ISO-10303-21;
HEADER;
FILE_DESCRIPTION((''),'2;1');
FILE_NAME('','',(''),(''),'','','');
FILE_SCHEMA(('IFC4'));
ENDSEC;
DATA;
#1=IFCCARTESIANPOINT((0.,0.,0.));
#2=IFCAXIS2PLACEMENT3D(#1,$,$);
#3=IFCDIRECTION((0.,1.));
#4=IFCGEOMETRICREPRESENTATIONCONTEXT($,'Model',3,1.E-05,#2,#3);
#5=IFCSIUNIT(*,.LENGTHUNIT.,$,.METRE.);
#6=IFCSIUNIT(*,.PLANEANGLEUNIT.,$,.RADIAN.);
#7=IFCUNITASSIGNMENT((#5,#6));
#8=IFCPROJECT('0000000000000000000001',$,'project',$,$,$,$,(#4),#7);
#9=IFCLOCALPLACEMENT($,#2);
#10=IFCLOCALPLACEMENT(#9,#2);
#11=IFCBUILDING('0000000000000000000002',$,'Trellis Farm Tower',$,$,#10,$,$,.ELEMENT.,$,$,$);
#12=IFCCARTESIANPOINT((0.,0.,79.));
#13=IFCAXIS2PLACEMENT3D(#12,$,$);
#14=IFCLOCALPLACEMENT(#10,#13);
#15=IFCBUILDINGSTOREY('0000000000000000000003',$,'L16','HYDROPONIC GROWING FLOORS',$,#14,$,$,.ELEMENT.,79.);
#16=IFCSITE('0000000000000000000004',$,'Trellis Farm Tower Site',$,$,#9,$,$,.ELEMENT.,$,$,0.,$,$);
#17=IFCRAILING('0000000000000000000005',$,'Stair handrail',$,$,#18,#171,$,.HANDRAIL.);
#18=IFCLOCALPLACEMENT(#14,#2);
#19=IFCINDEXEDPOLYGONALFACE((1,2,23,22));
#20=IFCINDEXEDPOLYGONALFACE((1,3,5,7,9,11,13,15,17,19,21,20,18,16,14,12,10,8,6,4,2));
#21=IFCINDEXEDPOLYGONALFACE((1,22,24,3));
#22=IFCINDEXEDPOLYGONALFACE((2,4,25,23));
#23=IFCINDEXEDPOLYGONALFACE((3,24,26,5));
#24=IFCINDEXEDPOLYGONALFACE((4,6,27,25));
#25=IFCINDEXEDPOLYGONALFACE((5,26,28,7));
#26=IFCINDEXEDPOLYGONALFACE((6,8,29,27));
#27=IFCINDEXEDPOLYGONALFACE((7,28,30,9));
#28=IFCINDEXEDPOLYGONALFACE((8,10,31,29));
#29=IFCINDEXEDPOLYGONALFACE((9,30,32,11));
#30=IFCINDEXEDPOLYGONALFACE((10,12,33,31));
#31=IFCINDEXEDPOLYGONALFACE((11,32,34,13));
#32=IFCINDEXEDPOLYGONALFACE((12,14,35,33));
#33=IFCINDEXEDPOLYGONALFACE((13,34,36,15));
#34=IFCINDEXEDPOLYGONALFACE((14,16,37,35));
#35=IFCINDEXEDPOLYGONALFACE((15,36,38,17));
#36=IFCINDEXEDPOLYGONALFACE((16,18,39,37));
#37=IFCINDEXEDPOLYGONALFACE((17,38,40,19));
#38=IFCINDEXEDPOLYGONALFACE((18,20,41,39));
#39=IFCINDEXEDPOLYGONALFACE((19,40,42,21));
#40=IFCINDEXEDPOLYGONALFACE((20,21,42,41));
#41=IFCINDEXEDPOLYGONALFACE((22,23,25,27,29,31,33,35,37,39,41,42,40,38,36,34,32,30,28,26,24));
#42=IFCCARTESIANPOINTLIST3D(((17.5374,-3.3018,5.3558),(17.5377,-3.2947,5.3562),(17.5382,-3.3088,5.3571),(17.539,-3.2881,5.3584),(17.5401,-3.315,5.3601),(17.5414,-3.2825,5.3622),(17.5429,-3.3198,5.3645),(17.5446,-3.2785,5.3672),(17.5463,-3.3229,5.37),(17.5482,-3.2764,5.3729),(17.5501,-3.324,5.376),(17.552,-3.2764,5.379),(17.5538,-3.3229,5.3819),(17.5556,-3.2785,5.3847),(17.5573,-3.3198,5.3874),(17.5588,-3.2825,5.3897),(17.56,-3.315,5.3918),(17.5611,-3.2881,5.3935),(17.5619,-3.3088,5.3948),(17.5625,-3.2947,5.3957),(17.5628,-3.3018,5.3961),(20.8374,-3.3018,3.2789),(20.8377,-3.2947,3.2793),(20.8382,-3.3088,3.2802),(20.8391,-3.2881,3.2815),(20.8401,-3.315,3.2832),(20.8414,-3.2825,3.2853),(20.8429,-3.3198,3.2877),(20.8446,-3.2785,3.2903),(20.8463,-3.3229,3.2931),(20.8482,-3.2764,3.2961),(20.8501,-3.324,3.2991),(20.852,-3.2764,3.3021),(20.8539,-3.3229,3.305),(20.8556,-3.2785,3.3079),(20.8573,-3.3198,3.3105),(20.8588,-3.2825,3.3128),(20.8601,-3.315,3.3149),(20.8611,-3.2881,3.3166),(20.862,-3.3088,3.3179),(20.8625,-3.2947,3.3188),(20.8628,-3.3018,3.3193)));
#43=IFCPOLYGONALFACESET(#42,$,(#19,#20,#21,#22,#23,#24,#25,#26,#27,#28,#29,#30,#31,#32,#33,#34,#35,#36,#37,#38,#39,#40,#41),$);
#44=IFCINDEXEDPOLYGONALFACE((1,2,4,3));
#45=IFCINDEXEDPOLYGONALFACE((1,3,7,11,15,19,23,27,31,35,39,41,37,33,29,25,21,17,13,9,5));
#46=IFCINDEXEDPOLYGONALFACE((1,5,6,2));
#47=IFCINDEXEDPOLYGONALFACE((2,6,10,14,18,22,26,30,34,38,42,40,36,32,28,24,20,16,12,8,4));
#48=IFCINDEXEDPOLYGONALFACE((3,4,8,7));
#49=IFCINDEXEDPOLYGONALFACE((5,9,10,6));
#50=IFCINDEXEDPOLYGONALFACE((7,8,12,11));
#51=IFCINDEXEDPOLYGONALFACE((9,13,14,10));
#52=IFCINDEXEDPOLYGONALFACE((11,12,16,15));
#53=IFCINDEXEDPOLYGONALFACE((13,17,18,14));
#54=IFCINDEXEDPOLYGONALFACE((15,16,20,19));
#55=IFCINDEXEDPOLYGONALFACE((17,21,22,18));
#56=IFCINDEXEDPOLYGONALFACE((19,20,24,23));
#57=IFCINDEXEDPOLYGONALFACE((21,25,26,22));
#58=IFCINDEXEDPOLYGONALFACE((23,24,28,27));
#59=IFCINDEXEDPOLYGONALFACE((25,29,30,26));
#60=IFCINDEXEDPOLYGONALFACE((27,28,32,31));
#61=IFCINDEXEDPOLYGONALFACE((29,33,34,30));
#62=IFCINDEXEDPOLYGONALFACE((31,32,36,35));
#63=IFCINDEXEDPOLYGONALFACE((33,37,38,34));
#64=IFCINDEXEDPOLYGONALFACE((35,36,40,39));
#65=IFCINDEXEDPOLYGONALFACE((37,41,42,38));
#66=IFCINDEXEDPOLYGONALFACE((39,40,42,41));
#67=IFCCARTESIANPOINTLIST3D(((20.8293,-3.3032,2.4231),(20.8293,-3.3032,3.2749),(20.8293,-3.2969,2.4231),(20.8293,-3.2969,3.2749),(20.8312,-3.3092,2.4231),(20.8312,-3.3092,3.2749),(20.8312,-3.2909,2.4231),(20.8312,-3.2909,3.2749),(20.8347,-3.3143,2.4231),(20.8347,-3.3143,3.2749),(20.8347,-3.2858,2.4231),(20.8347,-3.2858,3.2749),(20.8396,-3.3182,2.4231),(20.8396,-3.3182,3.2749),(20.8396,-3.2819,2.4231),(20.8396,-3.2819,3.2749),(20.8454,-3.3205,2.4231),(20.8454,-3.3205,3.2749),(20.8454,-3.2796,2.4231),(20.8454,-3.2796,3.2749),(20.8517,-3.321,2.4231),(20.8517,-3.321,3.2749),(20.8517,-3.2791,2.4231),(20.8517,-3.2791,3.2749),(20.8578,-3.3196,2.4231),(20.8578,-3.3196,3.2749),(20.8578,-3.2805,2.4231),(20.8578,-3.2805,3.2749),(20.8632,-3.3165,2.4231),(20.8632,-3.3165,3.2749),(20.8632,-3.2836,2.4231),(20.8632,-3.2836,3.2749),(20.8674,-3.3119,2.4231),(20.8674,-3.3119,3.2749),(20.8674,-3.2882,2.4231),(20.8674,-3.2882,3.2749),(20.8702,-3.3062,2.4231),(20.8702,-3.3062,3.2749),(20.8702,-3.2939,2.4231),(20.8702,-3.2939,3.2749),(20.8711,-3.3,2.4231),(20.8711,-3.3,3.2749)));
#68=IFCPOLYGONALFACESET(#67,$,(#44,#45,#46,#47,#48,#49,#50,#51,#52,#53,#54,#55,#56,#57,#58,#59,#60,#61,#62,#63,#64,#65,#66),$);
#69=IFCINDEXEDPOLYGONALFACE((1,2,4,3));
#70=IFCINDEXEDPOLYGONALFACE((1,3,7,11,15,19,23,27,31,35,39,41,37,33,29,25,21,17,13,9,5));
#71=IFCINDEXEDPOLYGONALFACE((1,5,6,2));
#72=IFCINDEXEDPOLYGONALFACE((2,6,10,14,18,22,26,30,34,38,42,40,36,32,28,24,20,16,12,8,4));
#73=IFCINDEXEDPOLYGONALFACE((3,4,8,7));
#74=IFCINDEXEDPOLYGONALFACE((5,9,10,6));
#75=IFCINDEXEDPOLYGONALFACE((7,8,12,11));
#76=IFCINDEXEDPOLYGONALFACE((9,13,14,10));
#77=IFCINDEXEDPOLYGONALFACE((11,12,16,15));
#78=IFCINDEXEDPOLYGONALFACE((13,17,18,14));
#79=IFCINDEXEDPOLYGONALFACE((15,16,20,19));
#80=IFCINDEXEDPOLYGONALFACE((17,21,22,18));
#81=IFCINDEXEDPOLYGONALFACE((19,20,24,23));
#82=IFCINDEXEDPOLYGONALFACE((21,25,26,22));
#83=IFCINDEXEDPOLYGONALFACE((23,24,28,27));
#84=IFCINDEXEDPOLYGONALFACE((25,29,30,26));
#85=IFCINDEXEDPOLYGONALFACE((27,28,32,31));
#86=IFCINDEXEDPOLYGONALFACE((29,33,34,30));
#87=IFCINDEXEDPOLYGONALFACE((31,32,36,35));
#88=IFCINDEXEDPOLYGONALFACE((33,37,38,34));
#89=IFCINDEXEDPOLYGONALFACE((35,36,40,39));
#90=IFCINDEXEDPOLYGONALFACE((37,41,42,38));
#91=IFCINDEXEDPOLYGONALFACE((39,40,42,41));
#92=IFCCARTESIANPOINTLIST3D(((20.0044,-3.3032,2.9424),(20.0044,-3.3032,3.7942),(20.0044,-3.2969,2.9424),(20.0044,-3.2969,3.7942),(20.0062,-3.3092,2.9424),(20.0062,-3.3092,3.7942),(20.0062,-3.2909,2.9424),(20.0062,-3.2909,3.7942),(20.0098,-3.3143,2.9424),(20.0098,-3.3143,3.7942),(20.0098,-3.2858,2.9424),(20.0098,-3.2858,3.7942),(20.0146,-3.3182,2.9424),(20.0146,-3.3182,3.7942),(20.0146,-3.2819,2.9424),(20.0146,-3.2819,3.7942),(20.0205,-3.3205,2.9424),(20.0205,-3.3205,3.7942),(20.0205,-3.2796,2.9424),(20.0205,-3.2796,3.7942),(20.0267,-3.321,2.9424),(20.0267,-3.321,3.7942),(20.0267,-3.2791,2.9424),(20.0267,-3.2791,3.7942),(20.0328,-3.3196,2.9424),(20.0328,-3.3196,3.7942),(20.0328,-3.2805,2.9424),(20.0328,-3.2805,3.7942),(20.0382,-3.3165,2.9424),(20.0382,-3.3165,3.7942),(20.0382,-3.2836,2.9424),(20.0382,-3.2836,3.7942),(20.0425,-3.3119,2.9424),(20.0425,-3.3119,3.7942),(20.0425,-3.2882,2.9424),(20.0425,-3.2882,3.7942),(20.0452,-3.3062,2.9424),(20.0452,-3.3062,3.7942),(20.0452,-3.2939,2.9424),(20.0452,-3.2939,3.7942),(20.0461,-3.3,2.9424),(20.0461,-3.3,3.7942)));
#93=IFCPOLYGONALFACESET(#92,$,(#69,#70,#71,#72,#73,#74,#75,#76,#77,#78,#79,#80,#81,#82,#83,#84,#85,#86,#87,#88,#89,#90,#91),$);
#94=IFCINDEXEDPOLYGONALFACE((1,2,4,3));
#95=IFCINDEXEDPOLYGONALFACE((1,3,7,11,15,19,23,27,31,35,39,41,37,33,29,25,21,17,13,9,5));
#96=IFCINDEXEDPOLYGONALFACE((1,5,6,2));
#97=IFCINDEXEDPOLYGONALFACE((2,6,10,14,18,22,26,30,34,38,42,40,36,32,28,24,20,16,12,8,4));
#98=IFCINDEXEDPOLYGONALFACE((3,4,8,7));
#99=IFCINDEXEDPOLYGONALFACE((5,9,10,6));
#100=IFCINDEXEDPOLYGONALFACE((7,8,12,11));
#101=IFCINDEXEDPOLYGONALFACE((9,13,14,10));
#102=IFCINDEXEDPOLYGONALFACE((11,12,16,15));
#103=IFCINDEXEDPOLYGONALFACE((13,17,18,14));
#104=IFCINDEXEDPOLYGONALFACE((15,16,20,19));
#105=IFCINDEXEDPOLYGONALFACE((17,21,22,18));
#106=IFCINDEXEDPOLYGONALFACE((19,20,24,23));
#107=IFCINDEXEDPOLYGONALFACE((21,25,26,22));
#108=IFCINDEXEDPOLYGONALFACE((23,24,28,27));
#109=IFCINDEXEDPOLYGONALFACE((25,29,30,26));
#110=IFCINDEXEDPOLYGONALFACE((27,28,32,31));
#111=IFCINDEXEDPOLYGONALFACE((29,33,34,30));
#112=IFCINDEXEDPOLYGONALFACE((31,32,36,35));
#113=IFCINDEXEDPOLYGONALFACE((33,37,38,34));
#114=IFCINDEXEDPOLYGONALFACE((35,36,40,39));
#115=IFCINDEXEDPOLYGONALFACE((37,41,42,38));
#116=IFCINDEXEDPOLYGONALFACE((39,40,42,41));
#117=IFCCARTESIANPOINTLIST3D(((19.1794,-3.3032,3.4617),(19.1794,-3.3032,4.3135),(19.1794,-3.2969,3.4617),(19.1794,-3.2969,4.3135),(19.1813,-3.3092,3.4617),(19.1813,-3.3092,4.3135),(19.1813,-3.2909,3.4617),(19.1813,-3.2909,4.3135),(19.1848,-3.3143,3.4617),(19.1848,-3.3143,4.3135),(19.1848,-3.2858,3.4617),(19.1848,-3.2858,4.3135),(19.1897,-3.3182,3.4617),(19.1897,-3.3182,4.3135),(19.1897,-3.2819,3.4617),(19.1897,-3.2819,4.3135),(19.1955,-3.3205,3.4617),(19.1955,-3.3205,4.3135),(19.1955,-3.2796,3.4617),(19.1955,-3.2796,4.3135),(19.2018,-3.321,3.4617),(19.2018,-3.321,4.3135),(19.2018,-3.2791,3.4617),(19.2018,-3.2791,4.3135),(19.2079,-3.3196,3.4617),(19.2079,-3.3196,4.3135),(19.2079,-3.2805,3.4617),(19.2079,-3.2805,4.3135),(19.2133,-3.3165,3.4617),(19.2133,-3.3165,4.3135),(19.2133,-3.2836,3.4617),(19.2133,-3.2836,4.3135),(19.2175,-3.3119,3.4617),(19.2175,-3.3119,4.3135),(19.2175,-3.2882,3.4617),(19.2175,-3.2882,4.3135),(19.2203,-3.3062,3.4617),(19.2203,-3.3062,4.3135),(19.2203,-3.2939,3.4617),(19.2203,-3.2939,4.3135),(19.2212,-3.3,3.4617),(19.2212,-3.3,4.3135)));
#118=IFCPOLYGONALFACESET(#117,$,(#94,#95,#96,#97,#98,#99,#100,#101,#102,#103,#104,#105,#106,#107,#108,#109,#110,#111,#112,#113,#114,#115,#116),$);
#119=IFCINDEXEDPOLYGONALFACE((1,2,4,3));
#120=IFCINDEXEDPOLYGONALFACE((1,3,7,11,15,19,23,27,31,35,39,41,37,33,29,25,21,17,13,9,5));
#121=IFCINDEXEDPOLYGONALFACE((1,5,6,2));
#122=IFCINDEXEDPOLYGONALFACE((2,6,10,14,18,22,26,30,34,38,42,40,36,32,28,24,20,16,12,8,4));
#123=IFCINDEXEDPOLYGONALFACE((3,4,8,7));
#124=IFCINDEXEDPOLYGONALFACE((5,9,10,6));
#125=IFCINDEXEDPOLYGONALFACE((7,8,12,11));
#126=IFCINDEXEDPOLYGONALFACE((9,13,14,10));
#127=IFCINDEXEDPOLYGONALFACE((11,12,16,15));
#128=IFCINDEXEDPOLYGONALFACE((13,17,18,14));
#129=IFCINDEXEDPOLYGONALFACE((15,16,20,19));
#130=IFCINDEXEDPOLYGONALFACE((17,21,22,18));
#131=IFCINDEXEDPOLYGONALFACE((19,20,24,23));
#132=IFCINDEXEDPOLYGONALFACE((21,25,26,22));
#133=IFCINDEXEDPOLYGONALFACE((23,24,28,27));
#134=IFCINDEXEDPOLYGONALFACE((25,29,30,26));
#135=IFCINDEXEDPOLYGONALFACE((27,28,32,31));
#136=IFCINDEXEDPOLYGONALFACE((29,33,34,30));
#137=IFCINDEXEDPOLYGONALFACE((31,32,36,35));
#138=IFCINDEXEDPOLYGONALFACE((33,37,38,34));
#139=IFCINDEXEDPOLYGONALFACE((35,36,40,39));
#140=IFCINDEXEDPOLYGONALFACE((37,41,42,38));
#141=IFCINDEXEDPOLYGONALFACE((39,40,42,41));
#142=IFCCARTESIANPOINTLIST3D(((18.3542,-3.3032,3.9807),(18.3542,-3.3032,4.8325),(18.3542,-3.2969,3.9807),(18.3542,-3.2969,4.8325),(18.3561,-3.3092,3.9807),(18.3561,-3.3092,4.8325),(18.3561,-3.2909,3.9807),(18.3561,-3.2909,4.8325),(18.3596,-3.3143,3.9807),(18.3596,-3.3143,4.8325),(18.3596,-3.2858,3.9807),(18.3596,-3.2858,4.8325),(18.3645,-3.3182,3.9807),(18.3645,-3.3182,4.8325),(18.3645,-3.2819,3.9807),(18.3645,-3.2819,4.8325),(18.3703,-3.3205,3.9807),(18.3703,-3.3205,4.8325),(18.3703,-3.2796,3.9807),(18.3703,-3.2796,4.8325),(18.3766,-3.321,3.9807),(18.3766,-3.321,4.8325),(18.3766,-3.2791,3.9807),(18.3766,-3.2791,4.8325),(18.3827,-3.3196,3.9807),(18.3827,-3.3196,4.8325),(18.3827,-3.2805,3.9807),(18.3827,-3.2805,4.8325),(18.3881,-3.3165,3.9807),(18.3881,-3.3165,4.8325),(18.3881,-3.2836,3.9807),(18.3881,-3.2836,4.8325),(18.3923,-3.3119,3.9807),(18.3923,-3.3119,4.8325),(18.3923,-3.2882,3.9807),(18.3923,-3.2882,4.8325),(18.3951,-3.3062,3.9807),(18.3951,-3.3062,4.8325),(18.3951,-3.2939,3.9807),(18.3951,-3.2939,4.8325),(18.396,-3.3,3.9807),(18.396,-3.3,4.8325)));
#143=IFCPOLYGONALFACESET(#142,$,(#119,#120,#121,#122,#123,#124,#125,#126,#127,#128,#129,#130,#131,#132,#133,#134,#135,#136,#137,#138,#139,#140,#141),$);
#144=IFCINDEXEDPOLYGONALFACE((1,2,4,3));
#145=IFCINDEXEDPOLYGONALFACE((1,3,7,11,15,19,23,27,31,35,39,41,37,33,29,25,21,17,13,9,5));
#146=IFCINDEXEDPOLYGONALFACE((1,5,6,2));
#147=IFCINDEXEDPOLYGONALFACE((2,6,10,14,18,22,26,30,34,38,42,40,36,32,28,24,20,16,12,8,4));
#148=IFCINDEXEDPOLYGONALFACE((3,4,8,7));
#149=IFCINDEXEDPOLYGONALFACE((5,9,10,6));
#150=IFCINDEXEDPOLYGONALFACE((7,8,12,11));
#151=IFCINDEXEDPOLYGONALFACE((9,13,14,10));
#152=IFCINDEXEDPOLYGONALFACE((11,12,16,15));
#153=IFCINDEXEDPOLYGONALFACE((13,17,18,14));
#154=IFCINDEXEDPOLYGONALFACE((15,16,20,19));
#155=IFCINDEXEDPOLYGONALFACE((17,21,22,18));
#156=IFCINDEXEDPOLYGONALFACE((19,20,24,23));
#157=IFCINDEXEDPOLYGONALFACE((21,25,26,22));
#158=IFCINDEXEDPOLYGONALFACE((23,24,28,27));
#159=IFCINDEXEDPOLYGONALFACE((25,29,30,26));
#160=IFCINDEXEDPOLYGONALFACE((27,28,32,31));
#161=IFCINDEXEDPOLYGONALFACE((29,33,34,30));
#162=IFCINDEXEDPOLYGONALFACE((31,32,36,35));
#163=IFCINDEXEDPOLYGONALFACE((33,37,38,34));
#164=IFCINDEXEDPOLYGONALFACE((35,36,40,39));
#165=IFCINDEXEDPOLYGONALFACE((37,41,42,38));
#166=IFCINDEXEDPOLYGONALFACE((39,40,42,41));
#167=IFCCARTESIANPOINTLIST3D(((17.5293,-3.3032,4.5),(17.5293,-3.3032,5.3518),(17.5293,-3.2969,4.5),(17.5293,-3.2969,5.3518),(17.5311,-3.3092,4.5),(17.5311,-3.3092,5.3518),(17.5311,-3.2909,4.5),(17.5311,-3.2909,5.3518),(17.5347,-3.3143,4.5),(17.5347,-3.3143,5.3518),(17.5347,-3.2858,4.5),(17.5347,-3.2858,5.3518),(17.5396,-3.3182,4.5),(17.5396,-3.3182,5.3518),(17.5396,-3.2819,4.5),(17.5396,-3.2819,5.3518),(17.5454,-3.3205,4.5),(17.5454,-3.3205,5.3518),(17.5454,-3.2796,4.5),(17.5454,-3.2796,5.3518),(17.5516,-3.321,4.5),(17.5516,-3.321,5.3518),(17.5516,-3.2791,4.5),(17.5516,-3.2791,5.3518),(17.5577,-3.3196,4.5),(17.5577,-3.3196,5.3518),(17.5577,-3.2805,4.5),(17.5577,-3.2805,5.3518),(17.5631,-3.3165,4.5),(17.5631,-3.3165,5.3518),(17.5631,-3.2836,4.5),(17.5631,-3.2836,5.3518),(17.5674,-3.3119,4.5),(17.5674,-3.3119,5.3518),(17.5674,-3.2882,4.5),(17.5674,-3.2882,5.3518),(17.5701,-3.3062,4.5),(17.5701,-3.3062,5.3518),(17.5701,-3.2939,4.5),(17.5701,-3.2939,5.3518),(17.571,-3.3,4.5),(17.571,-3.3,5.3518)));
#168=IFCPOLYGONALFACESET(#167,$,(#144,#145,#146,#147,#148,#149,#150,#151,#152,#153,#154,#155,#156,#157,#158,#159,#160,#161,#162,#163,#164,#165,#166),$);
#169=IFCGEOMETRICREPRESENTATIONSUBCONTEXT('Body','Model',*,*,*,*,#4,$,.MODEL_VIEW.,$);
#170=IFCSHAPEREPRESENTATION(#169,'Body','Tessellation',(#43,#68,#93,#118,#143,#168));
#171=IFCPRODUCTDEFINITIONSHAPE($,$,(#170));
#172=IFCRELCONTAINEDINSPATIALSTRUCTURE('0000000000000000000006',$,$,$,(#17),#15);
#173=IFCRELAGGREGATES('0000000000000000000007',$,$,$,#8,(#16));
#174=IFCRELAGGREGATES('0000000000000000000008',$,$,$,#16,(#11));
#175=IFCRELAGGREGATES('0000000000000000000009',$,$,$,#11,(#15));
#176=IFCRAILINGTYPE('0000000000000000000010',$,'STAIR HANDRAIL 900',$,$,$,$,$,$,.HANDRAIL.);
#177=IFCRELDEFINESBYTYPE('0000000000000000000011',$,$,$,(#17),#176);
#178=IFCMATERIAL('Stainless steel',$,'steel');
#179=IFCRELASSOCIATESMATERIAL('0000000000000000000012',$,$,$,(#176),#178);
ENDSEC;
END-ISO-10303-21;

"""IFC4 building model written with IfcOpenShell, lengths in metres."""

from ifc_helpers import new_model, si_unit, direction, frame, origin, origin_2d, place, context, subcontext, project, spatial, circle, extrude, source, transform, mapped, material, type_object, element, save


model = new_model("IFC4")

# Units and contexts
model_context = context("Model", 3, precision=1e-05, world=origin(), true_north=direction((0.0, 1.0)))
body_context = subcontext(model_context, "Body", "Model", "MODEL_VIEW")
ifc_project = project(units=[si_unit("LENGTHUNIT", "METRE"), si_unit("PLANEANGLEUNIT", "RADIAN")], contexts=[model_context])

# Site, building, storey
site_placement = place(None, origin())
site = spatial("IfcSite", under=ifc_project, at=site_placement, Name="Trellis Farm Tower Site", CompositionType="ELEMENT", RefElevation=0.0)
building_placement = place(site_placement, origin())
building = spatial("IfcBuilding", under=site, at=building_placement, Name="Trellis Farm Tower", CompositionType="ELEMENT")
storey_placement = place(building_placement, frame((0.0, 0.0, 79.0)))
storey = spatial("IfcBuildingStorey", under=building, at=storey_placement, Name="L16", Description="HYDROPONIC GROWING FLOORS", CompositionType="ELEMENT", Elevation=79.0)

# Shared definitions
ifc_material_1 = material(Name="Stainless steel", Category="steel")

# Railing
railing_type = type_object("IfcRailingType", Name="STAIR HANDRAIL 900", PredefinedType="HANDRAIL", material=ifc_material_1)
shared_shape_1 = source(origin(), body_context, "Body", "SweptSolid", [
    extrude(circle(Radius=0.0239, at=origin_2d()), frame((0.0, 0.0, 0.876), z_axis=(-0.846337, 0.0, 0.532647), x_axis=(0.0, -1.0, 0.0)), (0.0, 0.0, 1.0), 3.8992),
    extrude(circle(Radius=0.021, at=origin_2d()), origin(), (0.0, 0.0, 1.0), 0.8518),
    extrude(circle(Radius=0.021, at=origin_2d()), frame((-0.825, 0.0, 0.5193)), (0.0, 0.0, 1.0), 0.8518),
    extrude(circle(Radius=0.021, at=origin_2d()), frame((-1.6499, 0.0, 1.0386)), (0.0, 0.0, 1.0), 0.8518),
    extrude(circle(Radius=0.021, at=origin_2d()), frame((-2.4751, 0.0, 1.5576)), (0.0, 0.0, 1.0), 0.8518),
    extrude(circle(Radius=0.021, at=origin_2d()), frame((-3.3, 0.0, 2.0769)), (0.0, 0.0, 1.0), 0.8518),
])
for number, where, name in (
    (1, (20.8501, -3.3, 2.4231), "Stair handrail"),
):
    element("IfcRailing", number, at=place(storey_placement, frame(where)), inside=storey, type_object=railing_type, Name=name, PredefinedType="HANDRAIL", context=body_context, shape_type="MappedRepresentation", body=[
        mapped(shared_shape_1, transform((0.0, 0.0, 0.0))),
    ])

save(model, "model.ifc")
